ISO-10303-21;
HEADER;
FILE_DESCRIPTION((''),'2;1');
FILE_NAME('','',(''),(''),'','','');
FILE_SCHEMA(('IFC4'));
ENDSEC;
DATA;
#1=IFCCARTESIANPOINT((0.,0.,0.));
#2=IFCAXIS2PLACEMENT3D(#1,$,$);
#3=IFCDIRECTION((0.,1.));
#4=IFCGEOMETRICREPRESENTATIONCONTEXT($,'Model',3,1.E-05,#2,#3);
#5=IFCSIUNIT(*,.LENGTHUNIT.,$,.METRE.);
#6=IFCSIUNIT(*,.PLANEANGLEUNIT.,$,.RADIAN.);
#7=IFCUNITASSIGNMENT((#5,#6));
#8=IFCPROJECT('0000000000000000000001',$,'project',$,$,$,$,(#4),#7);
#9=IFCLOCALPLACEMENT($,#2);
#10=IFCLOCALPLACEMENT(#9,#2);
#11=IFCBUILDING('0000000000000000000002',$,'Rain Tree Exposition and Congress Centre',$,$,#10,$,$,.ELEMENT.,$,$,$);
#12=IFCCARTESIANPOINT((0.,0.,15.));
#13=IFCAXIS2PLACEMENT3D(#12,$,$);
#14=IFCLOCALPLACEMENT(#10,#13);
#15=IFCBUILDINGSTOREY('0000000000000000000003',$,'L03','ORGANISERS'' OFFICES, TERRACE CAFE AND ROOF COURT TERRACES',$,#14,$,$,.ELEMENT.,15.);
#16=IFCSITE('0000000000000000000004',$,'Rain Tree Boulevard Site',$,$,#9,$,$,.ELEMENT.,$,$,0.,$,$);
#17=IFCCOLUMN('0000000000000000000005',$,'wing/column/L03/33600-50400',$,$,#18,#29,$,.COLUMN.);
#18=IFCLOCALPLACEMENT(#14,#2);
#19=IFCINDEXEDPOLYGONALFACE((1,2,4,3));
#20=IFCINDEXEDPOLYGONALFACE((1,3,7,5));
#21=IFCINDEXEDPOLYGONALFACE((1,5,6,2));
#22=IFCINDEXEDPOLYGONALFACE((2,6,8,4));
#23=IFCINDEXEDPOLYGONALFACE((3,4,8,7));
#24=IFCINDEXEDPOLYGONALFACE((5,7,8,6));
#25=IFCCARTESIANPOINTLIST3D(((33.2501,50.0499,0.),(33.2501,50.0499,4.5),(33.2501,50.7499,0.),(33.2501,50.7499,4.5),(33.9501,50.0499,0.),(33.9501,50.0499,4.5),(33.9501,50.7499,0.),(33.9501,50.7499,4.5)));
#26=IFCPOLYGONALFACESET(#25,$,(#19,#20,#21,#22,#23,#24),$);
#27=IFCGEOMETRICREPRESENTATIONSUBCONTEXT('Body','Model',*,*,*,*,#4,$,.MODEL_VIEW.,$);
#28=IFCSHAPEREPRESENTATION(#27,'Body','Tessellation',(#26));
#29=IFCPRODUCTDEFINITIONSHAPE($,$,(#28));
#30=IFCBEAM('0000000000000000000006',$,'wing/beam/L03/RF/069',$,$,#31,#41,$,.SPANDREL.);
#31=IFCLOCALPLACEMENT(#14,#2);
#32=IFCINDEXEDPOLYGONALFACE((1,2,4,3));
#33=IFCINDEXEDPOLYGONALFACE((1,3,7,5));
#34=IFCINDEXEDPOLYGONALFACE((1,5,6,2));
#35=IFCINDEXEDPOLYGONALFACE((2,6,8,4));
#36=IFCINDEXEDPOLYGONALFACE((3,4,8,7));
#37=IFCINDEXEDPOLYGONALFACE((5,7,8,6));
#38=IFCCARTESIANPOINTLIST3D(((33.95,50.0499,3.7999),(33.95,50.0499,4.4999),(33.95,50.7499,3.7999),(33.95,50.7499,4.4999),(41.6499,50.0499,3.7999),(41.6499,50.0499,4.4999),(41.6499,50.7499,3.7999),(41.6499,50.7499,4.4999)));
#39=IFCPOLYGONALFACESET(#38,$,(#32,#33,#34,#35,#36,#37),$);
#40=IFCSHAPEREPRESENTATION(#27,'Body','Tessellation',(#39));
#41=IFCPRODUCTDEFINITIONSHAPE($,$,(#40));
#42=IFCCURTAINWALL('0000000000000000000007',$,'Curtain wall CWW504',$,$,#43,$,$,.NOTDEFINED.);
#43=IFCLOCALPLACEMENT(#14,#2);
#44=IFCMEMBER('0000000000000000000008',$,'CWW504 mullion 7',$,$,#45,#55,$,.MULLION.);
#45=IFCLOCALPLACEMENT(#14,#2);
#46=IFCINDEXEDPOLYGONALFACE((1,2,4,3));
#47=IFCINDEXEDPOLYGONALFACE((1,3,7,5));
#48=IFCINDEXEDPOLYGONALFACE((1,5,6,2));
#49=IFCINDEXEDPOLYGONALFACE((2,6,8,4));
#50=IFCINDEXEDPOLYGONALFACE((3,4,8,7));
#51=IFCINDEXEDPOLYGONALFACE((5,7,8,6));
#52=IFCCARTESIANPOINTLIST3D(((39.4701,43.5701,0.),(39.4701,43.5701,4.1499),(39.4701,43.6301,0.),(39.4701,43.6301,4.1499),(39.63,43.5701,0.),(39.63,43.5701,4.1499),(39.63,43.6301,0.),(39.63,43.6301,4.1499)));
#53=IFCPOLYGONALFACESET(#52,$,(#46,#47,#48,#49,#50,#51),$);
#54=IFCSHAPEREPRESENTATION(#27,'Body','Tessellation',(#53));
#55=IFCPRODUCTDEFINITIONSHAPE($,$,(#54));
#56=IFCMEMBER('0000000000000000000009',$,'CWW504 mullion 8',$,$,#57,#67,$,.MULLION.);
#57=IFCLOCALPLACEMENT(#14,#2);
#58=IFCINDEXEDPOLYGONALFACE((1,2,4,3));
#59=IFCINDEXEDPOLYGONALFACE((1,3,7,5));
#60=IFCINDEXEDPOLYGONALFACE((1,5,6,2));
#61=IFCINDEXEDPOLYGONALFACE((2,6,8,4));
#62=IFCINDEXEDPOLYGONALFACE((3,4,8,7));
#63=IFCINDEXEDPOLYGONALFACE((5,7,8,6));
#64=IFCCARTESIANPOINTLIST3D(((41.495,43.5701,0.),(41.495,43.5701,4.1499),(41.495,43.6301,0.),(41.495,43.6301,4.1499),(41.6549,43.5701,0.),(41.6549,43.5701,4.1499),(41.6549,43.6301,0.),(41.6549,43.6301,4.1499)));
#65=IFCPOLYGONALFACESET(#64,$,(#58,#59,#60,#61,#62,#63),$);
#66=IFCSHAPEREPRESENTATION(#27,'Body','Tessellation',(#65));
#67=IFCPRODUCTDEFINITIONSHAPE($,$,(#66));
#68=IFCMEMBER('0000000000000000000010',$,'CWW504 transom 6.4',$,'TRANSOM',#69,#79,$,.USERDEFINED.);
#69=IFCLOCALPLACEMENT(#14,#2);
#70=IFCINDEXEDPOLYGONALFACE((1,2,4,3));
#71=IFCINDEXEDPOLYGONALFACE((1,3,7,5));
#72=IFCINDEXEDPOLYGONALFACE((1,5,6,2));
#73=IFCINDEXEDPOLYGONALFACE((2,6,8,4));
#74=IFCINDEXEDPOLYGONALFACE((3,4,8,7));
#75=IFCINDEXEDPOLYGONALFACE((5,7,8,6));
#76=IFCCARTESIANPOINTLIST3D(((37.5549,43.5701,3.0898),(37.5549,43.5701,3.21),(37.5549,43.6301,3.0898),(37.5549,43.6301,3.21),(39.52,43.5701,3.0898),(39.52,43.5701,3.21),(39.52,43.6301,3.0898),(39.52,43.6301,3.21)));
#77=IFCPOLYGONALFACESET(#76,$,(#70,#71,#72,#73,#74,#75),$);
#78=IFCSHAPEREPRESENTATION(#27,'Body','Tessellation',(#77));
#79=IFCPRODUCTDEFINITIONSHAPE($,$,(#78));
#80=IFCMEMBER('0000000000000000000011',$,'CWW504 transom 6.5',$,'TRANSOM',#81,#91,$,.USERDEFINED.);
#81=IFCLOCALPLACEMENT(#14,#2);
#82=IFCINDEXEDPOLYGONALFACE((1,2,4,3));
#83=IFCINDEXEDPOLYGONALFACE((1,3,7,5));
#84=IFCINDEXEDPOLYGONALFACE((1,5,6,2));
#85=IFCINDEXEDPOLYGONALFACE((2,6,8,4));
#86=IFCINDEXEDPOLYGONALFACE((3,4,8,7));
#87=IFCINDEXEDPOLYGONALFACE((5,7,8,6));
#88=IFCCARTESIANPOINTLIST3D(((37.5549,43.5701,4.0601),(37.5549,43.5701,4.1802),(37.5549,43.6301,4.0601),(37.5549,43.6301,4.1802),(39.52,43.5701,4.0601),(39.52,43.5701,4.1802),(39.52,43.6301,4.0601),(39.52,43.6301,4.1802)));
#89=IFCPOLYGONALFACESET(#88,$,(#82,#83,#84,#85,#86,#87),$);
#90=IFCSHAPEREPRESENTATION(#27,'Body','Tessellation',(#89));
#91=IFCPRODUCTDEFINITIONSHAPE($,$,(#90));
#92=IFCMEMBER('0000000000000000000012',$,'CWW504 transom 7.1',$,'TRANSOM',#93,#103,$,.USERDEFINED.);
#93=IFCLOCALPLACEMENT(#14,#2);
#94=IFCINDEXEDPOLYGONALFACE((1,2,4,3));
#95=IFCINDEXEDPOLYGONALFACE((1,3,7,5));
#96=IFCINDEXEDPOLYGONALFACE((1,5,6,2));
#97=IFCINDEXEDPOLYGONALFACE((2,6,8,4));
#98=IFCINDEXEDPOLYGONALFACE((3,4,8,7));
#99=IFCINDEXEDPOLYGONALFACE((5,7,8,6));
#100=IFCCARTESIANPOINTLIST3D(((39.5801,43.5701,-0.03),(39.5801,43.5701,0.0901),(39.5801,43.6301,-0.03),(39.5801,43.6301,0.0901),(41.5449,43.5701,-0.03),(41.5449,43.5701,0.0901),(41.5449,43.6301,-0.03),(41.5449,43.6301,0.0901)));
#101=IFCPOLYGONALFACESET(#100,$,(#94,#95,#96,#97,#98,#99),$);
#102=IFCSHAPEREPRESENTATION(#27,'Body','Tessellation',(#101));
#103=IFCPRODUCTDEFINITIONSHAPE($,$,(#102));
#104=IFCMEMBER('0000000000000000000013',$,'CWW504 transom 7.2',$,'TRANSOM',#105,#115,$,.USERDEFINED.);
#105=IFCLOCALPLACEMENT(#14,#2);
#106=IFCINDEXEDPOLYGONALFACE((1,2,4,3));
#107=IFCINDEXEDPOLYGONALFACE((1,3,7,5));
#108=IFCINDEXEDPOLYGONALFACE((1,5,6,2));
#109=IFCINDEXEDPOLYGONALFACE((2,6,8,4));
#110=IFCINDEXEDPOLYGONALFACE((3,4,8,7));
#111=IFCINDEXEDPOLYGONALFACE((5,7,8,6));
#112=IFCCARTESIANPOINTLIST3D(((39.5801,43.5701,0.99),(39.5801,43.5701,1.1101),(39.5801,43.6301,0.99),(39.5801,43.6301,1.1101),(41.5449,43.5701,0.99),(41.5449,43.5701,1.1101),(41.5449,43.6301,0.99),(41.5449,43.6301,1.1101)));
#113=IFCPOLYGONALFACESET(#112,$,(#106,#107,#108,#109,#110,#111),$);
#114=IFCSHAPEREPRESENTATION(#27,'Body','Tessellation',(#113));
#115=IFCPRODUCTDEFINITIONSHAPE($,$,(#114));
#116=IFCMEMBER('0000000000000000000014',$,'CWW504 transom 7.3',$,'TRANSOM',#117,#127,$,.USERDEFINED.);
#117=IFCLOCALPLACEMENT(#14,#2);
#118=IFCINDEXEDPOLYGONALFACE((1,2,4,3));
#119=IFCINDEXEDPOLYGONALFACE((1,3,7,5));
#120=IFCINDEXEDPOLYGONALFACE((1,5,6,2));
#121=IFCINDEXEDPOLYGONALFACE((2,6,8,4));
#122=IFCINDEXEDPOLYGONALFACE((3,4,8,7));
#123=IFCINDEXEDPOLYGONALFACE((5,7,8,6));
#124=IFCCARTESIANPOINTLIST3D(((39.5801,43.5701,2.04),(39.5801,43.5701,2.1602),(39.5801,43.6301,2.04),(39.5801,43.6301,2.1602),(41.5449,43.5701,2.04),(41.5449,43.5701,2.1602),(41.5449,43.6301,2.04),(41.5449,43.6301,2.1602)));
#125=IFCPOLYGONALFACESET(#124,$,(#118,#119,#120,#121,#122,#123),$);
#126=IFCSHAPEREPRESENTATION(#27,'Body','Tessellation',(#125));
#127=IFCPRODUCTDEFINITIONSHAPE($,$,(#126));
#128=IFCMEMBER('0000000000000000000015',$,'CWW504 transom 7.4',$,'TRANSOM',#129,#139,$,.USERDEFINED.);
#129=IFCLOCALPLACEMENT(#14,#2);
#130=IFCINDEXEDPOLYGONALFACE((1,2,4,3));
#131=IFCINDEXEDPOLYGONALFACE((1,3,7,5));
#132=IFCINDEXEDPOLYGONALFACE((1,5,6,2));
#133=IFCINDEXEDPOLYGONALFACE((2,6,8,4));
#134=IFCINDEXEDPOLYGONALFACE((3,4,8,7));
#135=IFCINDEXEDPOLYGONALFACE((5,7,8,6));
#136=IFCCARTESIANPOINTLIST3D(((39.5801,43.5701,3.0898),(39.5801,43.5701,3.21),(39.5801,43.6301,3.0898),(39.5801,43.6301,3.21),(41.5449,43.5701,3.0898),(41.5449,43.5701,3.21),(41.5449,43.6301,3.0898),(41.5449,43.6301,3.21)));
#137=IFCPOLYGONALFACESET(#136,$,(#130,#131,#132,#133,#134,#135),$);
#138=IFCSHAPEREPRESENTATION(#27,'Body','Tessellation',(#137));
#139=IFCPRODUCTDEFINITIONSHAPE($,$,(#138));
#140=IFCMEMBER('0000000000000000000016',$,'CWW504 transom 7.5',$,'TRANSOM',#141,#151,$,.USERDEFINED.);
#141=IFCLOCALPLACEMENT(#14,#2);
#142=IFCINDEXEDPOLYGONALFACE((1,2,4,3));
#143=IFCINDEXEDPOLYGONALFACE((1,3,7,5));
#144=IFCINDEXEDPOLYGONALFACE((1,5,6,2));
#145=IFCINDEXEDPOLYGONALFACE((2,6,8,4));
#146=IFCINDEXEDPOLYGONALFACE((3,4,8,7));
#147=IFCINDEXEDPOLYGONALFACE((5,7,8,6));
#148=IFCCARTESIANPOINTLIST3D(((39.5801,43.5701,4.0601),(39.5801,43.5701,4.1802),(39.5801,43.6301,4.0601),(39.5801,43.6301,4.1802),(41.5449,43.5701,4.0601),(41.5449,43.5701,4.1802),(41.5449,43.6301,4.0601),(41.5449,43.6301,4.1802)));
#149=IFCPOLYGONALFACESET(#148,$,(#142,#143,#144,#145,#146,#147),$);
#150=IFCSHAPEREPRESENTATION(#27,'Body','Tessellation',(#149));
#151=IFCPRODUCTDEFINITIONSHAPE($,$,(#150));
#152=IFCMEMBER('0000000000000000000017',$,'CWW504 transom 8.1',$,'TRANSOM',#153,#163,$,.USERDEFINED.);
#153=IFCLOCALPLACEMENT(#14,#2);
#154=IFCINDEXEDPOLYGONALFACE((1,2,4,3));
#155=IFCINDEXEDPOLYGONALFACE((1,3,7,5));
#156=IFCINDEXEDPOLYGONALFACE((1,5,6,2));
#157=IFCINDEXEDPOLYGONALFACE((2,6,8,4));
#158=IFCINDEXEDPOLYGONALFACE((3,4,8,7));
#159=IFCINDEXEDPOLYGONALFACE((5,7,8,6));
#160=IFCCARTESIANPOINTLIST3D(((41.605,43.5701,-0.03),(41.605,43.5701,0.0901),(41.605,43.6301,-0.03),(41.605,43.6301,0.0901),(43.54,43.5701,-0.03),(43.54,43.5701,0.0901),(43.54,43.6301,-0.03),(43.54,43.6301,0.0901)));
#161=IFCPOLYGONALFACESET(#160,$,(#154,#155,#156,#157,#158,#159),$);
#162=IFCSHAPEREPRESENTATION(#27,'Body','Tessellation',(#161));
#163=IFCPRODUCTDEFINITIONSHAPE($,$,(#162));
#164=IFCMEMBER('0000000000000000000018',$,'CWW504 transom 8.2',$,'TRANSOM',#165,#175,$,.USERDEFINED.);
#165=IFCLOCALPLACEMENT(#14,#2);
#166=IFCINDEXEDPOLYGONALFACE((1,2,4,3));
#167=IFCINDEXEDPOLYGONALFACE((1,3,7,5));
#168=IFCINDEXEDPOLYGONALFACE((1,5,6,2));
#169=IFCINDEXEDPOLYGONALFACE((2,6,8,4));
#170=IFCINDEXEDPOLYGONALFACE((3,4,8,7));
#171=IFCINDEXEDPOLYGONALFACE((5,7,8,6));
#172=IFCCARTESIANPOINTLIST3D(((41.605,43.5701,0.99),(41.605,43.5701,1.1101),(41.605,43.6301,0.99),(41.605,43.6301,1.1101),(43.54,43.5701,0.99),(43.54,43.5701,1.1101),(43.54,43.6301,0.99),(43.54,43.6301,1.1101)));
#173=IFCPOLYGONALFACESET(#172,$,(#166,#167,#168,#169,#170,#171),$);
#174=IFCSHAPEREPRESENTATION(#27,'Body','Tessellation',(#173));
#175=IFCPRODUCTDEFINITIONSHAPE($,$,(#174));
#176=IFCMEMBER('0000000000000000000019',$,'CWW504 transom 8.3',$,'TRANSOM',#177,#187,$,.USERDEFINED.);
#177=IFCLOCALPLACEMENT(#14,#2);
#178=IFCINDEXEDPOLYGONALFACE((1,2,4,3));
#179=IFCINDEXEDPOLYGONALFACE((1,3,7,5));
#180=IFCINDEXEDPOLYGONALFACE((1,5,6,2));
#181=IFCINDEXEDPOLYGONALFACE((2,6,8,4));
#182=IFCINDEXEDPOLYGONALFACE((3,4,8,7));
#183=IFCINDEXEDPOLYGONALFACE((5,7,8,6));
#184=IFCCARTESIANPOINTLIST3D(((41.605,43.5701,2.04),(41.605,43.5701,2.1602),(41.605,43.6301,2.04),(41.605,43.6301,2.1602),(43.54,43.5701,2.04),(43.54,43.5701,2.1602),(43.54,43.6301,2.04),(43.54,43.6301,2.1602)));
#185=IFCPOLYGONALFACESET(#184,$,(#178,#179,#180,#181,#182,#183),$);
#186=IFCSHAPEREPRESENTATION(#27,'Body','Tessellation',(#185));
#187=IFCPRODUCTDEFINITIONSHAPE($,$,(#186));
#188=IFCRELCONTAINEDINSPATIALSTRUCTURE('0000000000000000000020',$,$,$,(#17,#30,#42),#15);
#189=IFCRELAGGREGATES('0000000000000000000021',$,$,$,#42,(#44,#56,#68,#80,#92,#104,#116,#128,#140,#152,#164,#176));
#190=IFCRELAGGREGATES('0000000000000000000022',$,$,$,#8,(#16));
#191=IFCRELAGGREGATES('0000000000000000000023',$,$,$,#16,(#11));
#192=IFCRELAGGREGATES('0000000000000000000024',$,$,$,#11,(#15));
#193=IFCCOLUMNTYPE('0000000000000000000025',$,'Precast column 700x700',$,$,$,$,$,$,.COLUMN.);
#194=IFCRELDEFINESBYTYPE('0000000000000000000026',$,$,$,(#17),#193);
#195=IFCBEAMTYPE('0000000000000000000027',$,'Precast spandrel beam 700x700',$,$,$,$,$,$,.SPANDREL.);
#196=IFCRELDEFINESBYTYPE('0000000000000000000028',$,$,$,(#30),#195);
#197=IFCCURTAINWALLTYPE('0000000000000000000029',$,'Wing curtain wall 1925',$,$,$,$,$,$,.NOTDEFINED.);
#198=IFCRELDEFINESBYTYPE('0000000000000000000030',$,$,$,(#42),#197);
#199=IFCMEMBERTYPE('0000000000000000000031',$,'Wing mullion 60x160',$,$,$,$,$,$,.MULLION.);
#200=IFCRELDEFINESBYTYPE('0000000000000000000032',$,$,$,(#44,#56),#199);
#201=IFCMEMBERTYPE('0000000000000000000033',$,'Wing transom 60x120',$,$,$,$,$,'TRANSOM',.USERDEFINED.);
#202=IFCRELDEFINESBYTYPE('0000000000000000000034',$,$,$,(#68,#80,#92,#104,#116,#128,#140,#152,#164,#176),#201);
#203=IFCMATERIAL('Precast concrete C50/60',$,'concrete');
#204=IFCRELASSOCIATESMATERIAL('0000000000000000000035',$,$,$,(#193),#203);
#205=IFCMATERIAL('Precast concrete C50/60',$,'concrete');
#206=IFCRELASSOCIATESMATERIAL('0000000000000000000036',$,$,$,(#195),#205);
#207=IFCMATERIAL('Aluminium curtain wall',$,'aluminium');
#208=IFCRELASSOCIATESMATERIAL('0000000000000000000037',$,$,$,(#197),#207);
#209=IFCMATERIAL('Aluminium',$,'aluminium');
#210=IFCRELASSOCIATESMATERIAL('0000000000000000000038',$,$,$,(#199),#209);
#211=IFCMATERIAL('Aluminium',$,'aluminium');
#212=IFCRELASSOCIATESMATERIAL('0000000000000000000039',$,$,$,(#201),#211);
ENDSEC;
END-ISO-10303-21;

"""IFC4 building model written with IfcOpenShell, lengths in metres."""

from ifc_helpers import new_model, si_unit, direction, frame, origin, origin_2d, place, context, subcontext, project, spatial, rectangle, extrude, material, material_profile, profile_set, type_object, element, aggregate, save


model = new_model("IFC4")

# Units and contexts
model_context = context("Model", 3, precision=1e-05, world=origin(), true_north=direction((0.0, 1.0)))
body_context = subcontext(model_context, "Body", "Model", "MODEL_VIEW")
ifc_project = project(units=[si_unit("LENGTHUNIT", "METRE"), si_unit("PLANEANGLEUNIT", "RADIAN")], contexts=[model_context])

# Site, building, storey
site_placement = place(None, origin())
site = spatial("IfcSite", under=ifc_project, at=site_placement, Name="Rain Tree Boulevard Site", CompositionType="ELEMENT", RefElevation=0.0)
building_placement = place(site_placement, origin())
building = spatial("IfcBuilding", under=site, at=building_placement, Name="Rain Tree Exposition and Congress Centre", CompositionType="ELEMENT")
storey_placement = place(building_placement, frame((0.0, 0.0, 15.0)))
storey = spatial("IfcBuildingStorey", under=building, at=storey_placement, Name="L03", Description="ORGANISERS' OFFICES, TERRACE CAFE AND ROOF COURT TERRACES", CompositionType="ELEMENT", Elevation=15.0)

# Column
ifc_material_1 = material(Name="Precast concrete C50/60", Category="concrete")
ifc_material_profile_1 = material_profile(ifc_material_1, rectangle(XDim=0.7, YDim=0.7, at=origin_2d()), Name="RC 700x700")
ifc_profile_set_1 = profile_set([ifc_material_profile_1], Name="Precast concrete C50/60")
column_type = type_object("IfcColumnType", Name="Precast column 700x700", PredefinedType="COLUMN", material=ifc_profile_set_1)
column_placement = place(storey_placement, frame((33.6001, 50.3999, 0.0), z_axis=(0.0, 0.0, 1.0), x_axis=(1.0, 0.0, 0.0)))
element("IfcColumn", 1, at=column_placement, inside=storey, type_object=column_type, Name="wing/column/L03/33600-50400", PredefinedType="COLUMN", context=body_context, shape_type="SweptSolid", body=[
    extrude(rectangle(XDim=0.7, YDim=0.7, at=origin_2d()), origin(), (0.0, 0.0, 1.0), 4.5),
])

# Beam
ifc_material_2 = material(Name="Precast concrete C50/60", Category="concrete")
ifc_material_profile_2 = material_profile(ifc_material_2, rectangle(XDim=0.7, YDim=0.7, at=origin_2d()), Name="RC 700x700")
ifc_profile_set_2 = profile_set([ifc_material_profile_2], Name="Precast concrete C50/60")
beam_type = type_object("IfcBeamType", Name="Precast spandrel beam 700x700", PredefinedType="SPANDREL", material=ifc_profile_set_2)
beam_placement = place(storey_placement, frame((33.95, 50.3999, 4.1499), z_axis=(1.0, 0.0, 0.0), x_axis=(0.0, 1.0, 0.0)))
element("IfcBeam", 2, at=beam_placement, inside=storey, type_object=beam_type, Name="wing/beam/L03/RF/069", PredefinedType="SPANDREL", context=body_context, shape_type="SweptSolid", body=[
    extrude(rectangle(XDim=0.7, YDim=0.7, at=origin_2d()), origin(), (0.0, 0.0, 1.0), 7.7),
])

# Curtain wall, members
ifc_material_3 = material(Name="Aluminium curtain wall", Category="aluminium")
curtain_wall_type = type_object("IfcCurtainWallType", Name="Wing curtain wall 1925", PredefinedType="NOTDEFINED", material=ifc_material_3)
curtain_wall_placement = place(storey_placement, origin())
curtain_wall = element("IfcCurtainWall", 3, at=curtain_wall_placement, inside=storey, type_object=curtain_wall_type, Name="Curtain wall CWW504", PredefinedType="NOTDEFINED")
ifc_material_4 = material(Name="Aluminium", Category="aluminium")
ifc_material_profile_3 = material_profile(ifc_material_4, rectangle(XDim=0.0601, YDim=0.1599, at=origin_2d()), Name="Aluminium 60x160")
ifc_profile_set_3 = profile_set([ifc_material_profile_3], Name="Aluminium")
member_type_1 = type_object("IfcMemberType", Name="Wing mullion 60x160", PredefinedType="MULLION", material=ifc_profile_set_3)
member_1_placement = place(storey_placement, frame((39.55, 43.6001, 0.0), z_axis=(0.0, 0.0, 1.0), x_axis=(0.0, 1.0, 0.0)))
member_1 = element("IfcMember", 4, at=member_1_placement, type_object=member_type_1, Name="CWW504 mullion 7", PredefinedType="MULLION", context=body_context, shape_type="SweptSolid", body=[
    extrude(rectangle(XDim=0.0601, YDim=0.1599, at=origin_2d()), origin(), (0.0, 0.0, 1.0), 4.1499),
])
member_2_placement = place(storey_placement, frame((41.575, 43.6001, 0.0), z_axis=(0.0, 0.0, 1.0), x_axis=(0.0, 1.0, 0.0)))
member_2 = element("IfcMember", 5, at=member_2_placement, type_object=member_type_1, Name="CWW504 mullion 8", PredefinedType="MULLION", context=body_context, shape_type="SweptSolid", body=[
    extrude(rectangle(XDim=0.0601, YDim=0.1599, at=origin_2d()), origin(), (0.0, 0.0, 1.0), 4.1499),
])
ifc_material_5 = material(Name="Aluminium", Category="aluminium")
ifc_material_profile_4 = material_profile(ifc_material_5, rectangle(XDim=0.0601, YDim=0.1201, at=origin_2d()), Name="Aluminium 60x120")
ifc_profile_set_4 = profile_set([ifc_material_profile_4], Name="Aluminium")
member_type_2 = type_object("IfcMemberType", Name="Wing transom 60x120", ElementType="TRANSOM", PredefinedType="USERDEFINED", material=ifc_profile_set_4)
member_3_placement = place(storey_placement, frame((37.5549, 43.6001, 3.1499), z_axis=(1.0, 0.0, 0.0), x_axis=(0.0, 1.0, 0.0)))
member_3 = element("IfcMember", 6, at=member_3_placement, type_object=member_type_2, Name="CWW504 transom 6.4", ObjectType="TRANSOM", PredefinedType="USERDEFINED", context=body_context, shape_type="SweptSolid", body=[
    extrude(rectangle(XDim=0.0601, YDim=0.1201, at=origin_2d()), origin(), (0.0, 0.0, 1.0), 1.9651),
])
member_4_placement = place(storey_placement, frame((37.5549, 43.6001, 4.1201), z_axis=(1.0, 0.0, 0.0), x_axis=(0.0, 1.0, 0.0)))
member_4 = element("IfcMember", 7, at=member_4_placement, type_object=member_type_2, Name="CWW504 transom 6.5", ObjectType="TRANSOM", PredefinedType="USERDEFINED", context=body_context, shape_type="SweptSolid", body=[
    extrude(rectangle(XDim=0.0601, YDim=0.1201, at=origin_2d()), origin(), (0.0, 0.0, 1.0), 1.9651),
])
member_5_placement = place(storey_placement, frame((39.5801, 43.6001, 0.03), z_axis=(1.0, 0.0, 0.0), x_axis=(0.0, 1.0, 0.0)))
member_5 = element("IfcMember", 8, at=member_5_placement, type_object=member_type_2, Name="CWW504 transom 7.1", ObjectType="TRANSOM", PredefinedType="USERDEFINED", context=body_context, shape_type="SweptSolid", body=[
    extrude(rectangle(XDim=0.0601, YDim=0.1201, at=origin_2d()), origin(), (0.0, 0.0, 1.0), 1.9648),
])
member_6_placement = place(storey_placement, frame((39.5801, 43.6001, 1.05), z_axis=(1.0, 0.0, 0.0), x_axis=(0.0, 1.0, 0.0)))
member_6 = element("IfcMember", 9, at=member_6_placement, type_object=member_type_2, Name="CWW504 transom 7.2", ObjectType="TRANSOM", PredefinedType="USERDEFINED", context=body_context, shape_type="SweptSolid", body=[
    extrude(rectangle(XDim=0.0601, YDim=0.1201, at=origin_2d()), origin(), (0.0, 0.0, 1.0), 1.9648),
])
member_7_placement = place(storey_placement, frame((39.5801, 43.6001, 2.1001), z_axis=(1.0, 0.0, 0.0), x_axis=(0.0, 1.0, 0.0)))
member_7 = element("IfcMember", 10, at=member_7_placement, type_object=member_type_2, Name="CWW504 transom 7.3", ObjectType="TRANSOM", PredefinedType="USERDEFINED", context=body_context, shape_type="SweptSolid", body=[
    extrude(rectangle(XDim=0.0601, YDim=0.1201, at=origin_2d()), origin(), (0.0, 0.0, 1.0), 1.9648),
])
member_8_placement = place(storey_placement, frame((39.5801, 43.6001, 3.1499), z_axis=(1.0, 0.0, 0.0), x_axis=(0.0, 1.0, 0.0)))
member_8 = element("IfcMember", 11, at=member_8_placement, type_object=member_type_2, Name="CWW504 transom 7.4", ObjectType="TRANSOM", PredefinedType="USERDEFINED", context=body_context, shape_type="SweptSolid", body=[
    extrude(rectangle(XDim=0.0601, YDim=0.1201, at=origin_2d()), origin(), (0.0, 0.0, 1.0), 1.9648),
])
member_9_placement = place(storey_placement, frame((39.5801, 43.6001, 4.1201), z_axis=(1.0, 0.0, 0.0), x_axis=(0.0, 1.0, 0.0)))
member_9 = element("IfcMember", 12, at=member_9_placement, type_object=member_type_2, Name="CWW504 transom 7.5", ObjectType="TRANSOM", PredefinedType="USERDEFINED", context=body_context, shape_type="SweptSolid", body=[
    extrude(rectangle(XDim=0.0601, YDim=0.1201, at=origin_2d()), origin(), (0.0, 0.0, 1.0), 1.9648),
])
member_10_placement = place(storey_placement, frame((41.605, 43.6001, 0.03), z_axis=(1.0, 0.0, 0.0), x_axis=(0.0, 1.0, 0.0)))
member_10 = element("IfcMember", 13, at=member_10_placement, type_object=member_type_2, Name="CWW504 transom 8.1", ObjectType="TRANSOM", PredefinedType="USERDEFINED", context=body_context, shape_type="SweptSolid", body=[
    extrude(rectangle(XDim=0.0601, YDim=0.1201, at=origin_2d()), origin(), (0.0, 0.0, 1.0), 1.9351),
])
member_11_placement = place(storey_placement, frame((41.605, 43.6001, 1.05), z_axis=(1.0, 0.0, 0.0), x_axis=(0.0, 1.0, 0.0)))
member_11 = element("IfcMember", 14, at=member_11_placement, type_object=member_type_2, Name="CWW504 transom 8.2", ObjectType="TRANSOM", PredefinedType="USERDEFINED", context=body_context, shape_type="SweptSolid", body=[
    extrude(rectangle(XDim=0.0601, YDim=0.1201, at=origin_2d()), origin(), (0.0, 0.0, 1.0), 1.9351),
])
member_12_placement = place(storey_placement, frame((41.605, 43.6001, 2.1001), z_axis=(1.0, 0.0, 0.0), x_axis=(0.0, 1.0, 0.0)))
member_12 = element("IfcMember", 15, at=member_12_placement, type_object=member_type_2, Name="CWW504 transom 8.3", ObjectType="TRANSOM", PredefinedType="USERDEFINED", context=body_context, shape_type="SweptSolid", body=[
    extrude(rectangle(XDim=0.0601, YDim=0.1201, at=origin_2d()), origin(), (0.0, 0.0, 1.0), 1.9351),
])
aggregate(curtain_wall, [member_1, member_2, member_3, member_4, member_5, member_6, member_7, member_8, member_9, member_10, member_11, member_12])

save(model, "model.ifc")
